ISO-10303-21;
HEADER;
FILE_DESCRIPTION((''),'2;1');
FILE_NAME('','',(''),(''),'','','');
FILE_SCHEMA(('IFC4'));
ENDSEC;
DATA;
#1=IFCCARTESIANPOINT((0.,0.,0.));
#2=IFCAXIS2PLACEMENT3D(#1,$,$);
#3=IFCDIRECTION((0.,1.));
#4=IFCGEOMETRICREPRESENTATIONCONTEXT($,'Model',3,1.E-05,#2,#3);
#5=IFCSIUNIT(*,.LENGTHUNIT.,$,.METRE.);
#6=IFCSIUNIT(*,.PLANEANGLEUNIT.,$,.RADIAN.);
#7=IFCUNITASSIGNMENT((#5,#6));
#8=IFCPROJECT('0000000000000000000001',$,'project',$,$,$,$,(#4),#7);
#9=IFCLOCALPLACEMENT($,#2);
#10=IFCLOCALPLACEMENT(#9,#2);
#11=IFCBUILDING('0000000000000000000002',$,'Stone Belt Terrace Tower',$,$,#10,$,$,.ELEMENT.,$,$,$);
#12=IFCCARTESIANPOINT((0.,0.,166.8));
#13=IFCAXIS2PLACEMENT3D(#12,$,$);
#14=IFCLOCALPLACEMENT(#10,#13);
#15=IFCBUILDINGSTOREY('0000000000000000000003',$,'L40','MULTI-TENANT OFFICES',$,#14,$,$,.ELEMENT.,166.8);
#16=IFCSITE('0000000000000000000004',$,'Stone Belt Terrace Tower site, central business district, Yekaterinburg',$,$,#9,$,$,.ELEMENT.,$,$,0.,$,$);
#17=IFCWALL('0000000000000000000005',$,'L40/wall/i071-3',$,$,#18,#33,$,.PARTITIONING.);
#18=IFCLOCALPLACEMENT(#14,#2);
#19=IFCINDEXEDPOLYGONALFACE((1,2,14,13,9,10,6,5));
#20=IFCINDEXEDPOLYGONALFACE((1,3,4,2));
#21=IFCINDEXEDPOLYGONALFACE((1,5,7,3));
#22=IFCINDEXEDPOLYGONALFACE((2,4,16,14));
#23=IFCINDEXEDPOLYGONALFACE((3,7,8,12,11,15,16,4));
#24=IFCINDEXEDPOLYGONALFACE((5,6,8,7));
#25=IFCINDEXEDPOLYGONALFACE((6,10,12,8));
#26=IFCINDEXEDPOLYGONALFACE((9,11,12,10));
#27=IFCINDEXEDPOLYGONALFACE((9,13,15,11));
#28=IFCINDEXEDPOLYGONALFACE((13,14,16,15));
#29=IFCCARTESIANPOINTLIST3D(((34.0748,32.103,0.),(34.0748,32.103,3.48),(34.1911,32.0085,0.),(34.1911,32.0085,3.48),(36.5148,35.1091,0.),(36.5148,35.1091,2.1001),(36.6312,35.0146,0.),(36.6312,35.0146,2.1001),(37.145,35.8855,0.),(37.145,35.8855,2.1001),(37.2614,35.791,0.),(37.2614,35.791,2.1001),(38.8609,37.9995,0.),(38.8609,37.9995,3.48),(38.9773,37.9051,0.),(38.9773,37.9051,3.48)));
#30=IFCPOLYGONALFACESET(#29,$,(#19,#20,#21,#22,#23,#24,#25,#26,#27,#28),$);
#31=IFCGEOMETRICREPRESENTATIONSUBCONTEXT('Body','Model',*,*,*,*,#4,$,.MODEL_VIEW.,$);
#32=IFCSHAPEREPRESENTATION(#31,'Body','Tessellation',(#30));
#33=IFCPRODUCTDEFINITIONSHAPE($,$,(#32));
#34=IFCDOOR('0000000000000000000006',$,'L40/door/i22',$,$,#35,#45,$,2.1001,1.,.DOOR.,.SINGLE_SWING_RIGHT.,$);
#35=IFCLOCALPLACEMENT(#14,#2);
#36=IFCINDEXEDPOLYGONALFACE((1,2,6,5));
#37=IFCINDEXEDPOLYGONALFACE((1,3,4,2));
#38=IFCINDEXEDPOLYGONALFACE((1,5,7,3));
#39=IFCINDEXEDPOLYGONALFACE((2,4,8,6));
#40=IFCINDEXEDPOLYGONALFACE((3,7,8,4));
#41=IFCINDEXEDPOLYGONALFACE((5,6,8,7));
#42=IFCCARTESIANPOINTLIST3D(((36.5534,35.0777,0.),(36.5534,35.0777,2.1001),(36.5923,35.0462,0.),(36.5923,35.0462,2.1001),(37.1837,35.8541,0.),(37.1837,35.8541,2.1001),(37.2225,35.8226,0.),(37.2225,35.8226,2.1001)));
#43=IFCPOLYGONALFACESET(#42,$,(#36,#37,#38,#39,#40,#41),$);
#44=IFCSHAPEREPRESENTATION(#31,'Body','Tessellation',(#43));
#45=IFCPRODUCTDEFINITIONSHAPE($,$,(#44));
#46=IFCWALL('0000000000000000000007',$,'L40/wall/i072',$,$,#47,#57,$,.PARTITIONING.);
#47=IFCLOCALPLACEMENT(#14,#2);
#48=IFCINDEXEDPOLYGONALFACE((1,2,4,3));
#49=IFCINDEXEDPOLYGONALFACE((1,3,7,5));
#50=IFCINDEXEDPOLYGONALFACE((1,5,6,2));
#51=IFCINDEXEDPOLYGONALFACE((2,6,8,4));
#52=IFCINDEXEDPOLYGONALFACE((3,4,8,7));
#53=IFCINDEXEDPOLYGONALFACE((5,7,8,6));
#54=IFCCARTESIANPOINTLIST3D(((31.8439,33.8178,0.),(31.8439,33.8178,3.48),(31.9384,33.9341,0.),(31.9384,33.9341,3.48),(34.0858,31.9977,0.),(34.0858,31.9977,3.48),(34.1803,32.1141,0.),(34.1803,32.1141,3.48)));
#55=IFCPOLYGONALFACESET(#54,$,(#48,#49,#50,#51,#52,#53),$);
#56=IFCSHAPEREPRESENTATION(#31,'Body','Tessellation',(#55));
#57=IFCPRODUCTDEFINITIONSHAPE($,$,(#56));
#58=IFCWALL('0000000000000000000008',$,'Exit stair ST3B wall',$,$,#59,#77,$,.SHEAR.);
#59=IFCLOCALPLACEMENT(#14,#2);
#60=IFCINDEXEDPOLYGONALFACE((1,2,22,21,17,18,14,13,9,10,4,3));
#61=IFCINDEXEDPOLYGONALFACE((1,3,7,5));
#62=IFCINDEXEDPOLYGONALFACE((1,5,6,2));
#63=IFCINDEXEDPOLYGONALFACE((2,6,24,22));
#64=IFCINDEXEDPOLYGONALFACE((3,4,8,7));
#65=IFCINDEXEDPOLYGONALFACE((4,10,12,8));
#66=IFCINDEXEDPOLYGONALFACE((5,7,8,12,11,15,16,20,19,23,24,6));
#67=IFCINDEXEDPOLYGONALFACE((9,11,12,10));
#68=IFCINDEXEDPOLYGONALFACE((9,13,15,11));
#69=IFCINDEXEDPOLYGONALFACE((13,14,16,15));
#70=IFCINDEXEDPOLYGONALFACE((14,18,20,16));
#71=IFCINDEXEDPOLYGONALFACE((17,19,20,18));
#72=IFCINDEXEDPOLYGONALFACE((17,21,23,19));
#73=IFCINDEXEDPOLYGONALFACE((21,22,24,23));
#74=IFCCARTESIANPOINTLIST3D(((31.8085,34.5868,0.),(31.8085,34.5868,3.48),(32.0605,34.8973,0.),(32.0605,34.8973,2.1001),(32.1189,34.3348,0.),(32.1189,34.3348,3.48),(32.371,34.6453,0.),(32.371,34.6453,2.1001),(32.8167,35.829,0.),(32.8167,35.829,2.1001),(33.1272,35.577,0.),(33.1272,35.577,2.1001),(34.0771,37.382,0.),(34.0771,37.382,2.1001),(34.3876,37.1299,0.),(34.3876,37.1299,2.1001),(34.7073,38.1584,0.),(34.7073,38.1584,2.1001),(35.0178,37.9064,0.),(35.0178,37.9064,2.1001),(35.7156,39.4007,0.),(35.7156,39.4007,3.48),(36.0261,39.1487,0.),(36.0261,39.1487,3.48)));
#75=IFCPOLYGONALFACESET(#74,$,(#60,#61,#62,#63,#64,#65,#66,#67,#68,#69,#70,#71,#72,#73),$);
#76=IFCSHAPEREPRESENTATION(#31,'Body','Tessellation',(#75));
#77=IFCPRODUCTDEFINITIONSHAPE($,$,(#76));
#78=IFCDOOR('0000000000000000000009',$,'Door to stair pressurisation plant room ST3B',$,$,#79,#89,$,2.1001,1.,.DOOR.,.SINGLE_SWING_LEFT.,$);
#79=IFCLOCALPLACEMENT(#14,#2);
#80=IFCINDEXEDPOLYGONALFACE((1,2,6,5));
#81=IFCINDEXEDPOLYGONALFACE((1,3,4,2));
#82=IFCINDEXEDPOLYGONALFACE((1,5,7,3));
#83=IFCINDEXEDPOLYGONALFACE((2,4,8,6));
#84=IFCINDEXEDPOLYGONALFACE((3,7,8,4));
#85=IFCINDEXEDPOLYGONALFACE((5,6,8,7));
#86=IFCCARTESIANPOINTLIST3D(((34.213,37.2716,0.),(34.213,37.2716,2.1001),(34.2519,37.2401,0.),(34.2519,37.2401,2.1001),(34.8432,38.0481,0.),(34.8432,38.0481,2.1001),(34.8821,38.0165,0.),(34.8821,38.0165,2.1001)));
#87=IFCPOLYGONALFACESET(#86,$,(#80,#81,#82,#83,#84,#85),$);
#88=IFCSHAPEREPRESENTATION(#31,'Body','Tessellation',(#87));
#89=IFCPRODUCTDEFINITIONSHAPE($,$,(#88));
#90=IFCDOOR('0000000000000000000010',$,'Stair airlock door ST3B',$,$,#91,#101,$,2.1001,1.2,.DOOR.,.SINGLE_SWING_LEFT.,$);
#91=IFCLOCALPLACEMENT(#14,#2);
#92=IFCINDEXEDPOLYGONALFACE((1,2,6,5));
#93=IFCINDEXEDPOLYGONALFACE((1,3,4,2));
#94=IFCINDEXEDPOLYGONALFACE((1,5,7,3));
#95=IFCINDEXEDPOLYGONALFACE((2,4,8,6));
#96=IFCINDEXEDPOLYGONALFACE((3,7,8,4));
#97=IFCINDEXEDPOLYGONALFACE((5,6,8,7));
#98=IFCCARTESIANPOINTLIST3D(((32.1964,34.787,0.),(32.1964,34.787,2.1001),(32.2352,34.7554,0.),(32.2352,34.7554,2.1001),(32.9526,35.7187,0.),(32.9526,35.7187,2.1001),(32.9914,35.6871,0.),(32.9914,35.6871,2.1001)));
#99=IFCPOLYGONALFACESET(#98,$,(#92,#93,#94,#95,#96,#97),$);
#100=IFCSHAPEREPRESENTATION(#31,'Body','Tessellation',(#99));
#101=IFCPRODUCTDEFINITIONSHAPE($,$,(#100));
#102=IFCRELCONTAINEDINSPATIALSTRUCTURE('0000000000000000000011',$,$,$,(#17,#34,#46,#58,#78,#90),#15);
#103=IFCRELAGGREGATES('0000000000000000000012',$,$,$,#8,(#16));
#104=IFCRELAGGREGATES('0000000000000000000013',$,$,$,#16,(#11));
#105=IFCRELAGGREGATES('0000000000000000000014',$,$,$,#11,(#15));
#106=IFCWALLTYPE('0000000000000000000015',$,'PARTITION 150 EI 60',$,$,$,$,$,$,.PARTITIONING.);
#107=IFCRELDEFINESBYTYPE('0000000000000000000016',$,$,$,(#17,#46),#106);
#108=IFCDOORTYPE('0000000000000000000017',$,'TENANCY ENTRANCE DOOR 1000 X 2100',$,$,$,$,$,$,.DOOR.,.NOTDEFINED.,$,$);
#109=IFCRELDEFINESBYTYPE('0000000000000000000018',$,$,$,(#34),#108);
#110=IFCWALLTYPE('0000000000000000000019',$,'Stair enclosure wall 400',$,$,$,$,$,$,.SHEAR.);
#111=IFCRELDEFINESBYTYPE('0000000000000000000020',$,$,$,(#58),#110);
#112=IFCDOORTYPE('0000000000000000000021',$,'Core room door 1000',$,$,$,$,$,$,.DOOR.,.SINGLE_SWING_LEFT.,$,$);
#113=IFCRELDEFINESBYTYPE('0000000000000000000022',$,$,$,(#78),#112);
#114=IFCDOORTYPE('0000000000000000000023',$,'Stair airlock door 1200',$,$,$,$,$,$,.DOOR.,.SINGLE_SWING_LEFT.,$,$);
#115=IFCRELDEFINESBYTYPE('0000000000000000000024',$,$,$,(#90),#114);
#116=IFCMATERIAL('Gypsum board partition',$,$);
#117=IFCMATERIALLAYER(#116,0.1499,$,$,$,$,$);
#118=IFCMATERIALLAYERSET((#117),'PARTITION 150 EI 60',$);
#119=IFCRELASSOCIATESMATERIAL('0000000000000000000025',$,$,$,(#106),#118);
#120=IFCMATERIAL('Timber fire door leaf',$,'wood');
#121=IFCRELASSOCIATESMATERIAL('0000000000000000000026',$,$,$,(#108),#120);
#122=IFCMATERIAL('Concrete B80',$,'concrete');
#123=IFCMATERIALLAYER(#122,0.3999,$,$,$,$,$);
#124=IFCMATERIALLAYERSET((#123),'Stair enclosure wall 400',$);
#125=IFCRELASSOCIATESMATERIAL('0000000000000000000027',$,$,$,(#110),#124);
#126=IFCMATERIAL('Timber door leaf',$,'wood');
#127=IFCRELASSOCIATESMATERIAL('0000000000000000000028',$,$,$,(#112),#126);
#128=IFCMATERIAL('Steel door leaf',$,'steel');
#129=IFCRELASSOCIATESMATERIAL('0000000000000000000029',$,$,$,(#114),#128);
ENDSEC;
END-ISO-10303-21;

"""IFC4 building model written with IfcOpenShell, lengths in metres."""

from ifc_helpers import new_model, si_unit, direction, frame, frame_2d, origin, place, context, subcontext, project, spatial, rectangle, extrude, material, layer, layer_set, type_object, element, fill, save


model = new_model("IFC4")

# Units and contexts
model_context = context("Model", 3, precision=1e-05, world=origin(), true_north=direction((0.0, 1.0)))
body_context = subcontext(model_context, "Body", "Model", "MODEL_VIEW")
ifc_project = project(units=[si_unit("LENGTHUNIT", "METRE"), si_unit("PLANEANGLEUNIT", "RADIAN")], contexts=[model_context])

# Site, building, storey
site_placement = place(None, origin())
site = spatial("IfcSite", under=ifc_project, at=site_placement, Name="Stone Belt Terrace Tower site, central business district, Yekaterinburg", CompositionType="ELEMENT", RefElevation=0.0)
building_placement = place(site_placement, origin())
building = spatial("IfcBuilding", under=site, at=building_placement, Name="Stone Belt Terrace Tower", CompositionType="ELEMENT")
storey_placement = place(building_placement, frame((0.0, 0.0, 166.8)))
storey = spatial("IfcBuildingStorey", under=building, at=storey_placement, Name="L40", Description="MULTI-TENANT OFFICES", CompositionType="ELEMENT", Elevation=166.8)

# Shared definitions
ifc_material_1 = material(Name="Concrete B80", Category="concrete")

# Shared definitions
ifc_material_2 = material(Name="Gypsum board partition")
ifc_layer_1 = layer(ifc_material_2, 0.1499)
ifc_layer_set_1 = layer_set([ifc_layer_1], Name="PARTITION 150 EI 60")
wall_type_1 = type_object("IfcWallType", Name="PARTITION 150 EI 60", PredefinedType="PARTITIONING", material=ifc_layer_set_1)
ifc_material_3 = material(Name="Timber fire door leaf", Category="wood")
door_type_1 = type_object("IfcDoorType", Name="TENANCY ENTRANCE DOOR 1000 X 2100", OperationType="NOTDEFINED", PredefinedType="DOOR", material=ifc_material_3)

# Wall, opening, door
wall_1_placement = place(storey_placement, frame((38.9192, 37.9524, 0.0), z_axis=(0.0, 0.0, 1.0), x_axis=(-0.630215, -0.776421, 0.0)))
wall_1 = element("IfcWall", 1, at=wall_1_placement, inside=storey, type_object=wall_type_1, Name="L40/wall/i071-3", PredefinedType="PARTITIONING", context=body_context, shape_type="SweptSolid", body=[
    extrude(rectangle(XDim=7.5945, YDim=0.1499, at=frame_2d((3.7974, 0.0))), origin(), (0.0, 0.0, 1.0), 3.48),
])
opening_1_placement = place(wall_1_placement, frame((2.7229, 0.0, 0.0)))
opening_1 = element("IfcOpeningElement", 2, at=opening_1_placement, cuts=wall_1, PredefinedType="OPENING", context=body_context, shape_type="SweptSolid", body=[
    extrude(rectangle(XDim=1.0, YDim=2.1001, at=frame_2d((0.5, 1.05))), frame((0.0, 0.085, 0.0), z_axis=(0.0, -1.0, 0.0), x_axis=(1.0, 0.0, 0.0)), (0.0, 0.0, 1.0), 0.1699),
])
door_1_placement = place(opening_1_placement, origin())
door_1 = element("IfcDoor", 3, at=door_1_placement, inside=storey, type_object=door_type_1, Name="L40/door/i22", OperationType="SINGLE_SWING_RIGHT", OverallHeight=2.1001, OverallWidth=1.0, PredefinedType="DOOR", context=body_context, shape_type="SweptSolid", body=[
    extrude(rectangle(XDim=1.0, YDim=2.1001, at=frame_2d((0.5, 1.05))), frame((0.0, 0.0249, 0.0), z_axis=(0.0, -1.0, 0.0), x_axis=(1.0, 0.0, 0.0)), (0.0, 0.0, 1.0), 0.05),
])
fill(opening_1, door_1)

# Wall
wall_2_placement = place(storey_placement, frame((34.1331, 32.0559, 0.0), z_axis=(0.0, 0.0, 1.0), x_axis=(-0.77637, 0.630277, 0.0)))
element("IfcWall", 4, at=wall_2_placement, inside=storey, type_object=wall_type_1, Name="L40/wall/i072", PredefinedType="PARTITIONING", context=body_context, shape_type="SweptSolid", body=[
    extrude(rectangle(XDim=2.8877, YDim=0.1499, at=frame_2d((1.4438, 0.0))), origin(), (0.0, 0.0, 1.0), 3.48),
])

# Wall, openings, doors
ifc_layer_2 = layer(ifc_material_1, 0.3999)
ifc_layer_set_2 = layer_set([ifc_layer_2], Name="Stair enclosure wall 400")
wall_type_2 = type_object("IfcWallType", Name="Stair enclosure wall 400", PredefinedType="SHEAR", material=ifc_layer_set_2)
wall_3_placement = place(storey_placement, frame((31.9636, 34.4607, 0.0), z_axis=(0.0, 0.0, 1.0), x_axis=(0.630192, 0.776439, 0.0)))
wall_3 = element("IfcWall", 5, at=wall_3_placement, inside=storey, type_object=wall_type_2, Name="Exit stair ST3B wall", PredefinedType="SHEAR", context=body_context, shape_type="SweptSolid", body=[
    extrude(rectangle(XDim=6.2, YDim=0.3999, at=frame_2d((3.1001, 0.0))), origin(), (0.0, 0.0, 1.0), 3.48),
])
opening_2_placement = place(wall_3_placement, frame((0.3999, 0.0, 0.0)))
opening_2 = element("IfcOpeningElement", 6, at=opening_2_placement, cuts=wall_3, PredefinedType="OPENING", context=body_context, shape_type="SweptSolid", body=[
    extrude(rectangle(XDim=1.2, YDim=2.1001, at=frame_2d((0.6001, 1.05))), frame((0.0, 0.21, 0.0), z_axis=(0.0, -1.0, 0.0), x_axis=(1.0, 0.0, 0.0)), (0.0, 0.0, 1.0), 0.4199),
])
opening_3_placement = place(wall_3_placement, frame((3.6001, 0.0, 0.0)))
opening_3 = element("IfcOpeningElement", 7, at=opening_3_placement, cuts=wall_3, PredefinedType="OPENING", context=body_context, shape_type="SweptSolid", body=[
    extrude(rectangle(XDim=1.0, YDim=2.1001, at=frame_2d((0.5, 1.05))), frame((0.0, 0.21, 0.0), z_axis=(0.0, -1.0, 0.0), x_axis=(1.0, 0.0, 0.0)), (0.0, 0.0, 1.0), 0.4199),
])
ifc_material_4 = material(Name="Timber door leaf", Category="wood")
door_type_2 = type_object("IfcDoorType", Name="Core room door 1000", OperationType="SINGLE_SWING_LEFT", PredefinedType="DOOR", material=ifc_material_4)
door_2_placement = place(opening_3_placement, origin())
door_2 = element("IfcDoor", 8, at=door_2_placement, inside=storey, type_object=door_type_2, Name="Door to stair pressurisation plant room ST3B", OperationType="SINGLE_SWING_LEFT", OverallHeight=2.1001, OverallWidth=1.0, PredefinedType="DOOR", context=body_context, shape_type="SweptSolid", body=[
    extrude(rectangle(XDim=1.0, YDim=2.1001, at=frame_2d((0.5, 1.05))), frame((0.0, 0.0249, 0.0), z_axis=(0.0, -1.0, 0.0), x_axis=(1.0, 0.0, 0.0)), (0.0, 0.0, 1.0), 0.05),
])
fill(opening_3, door_2)
ifc_material_5 = material(Name="Steel door leaf", Category="steel")
door_type_3 = type_object("IfcDoorType", Name="Stair airlock door 1200", OperationType="SINGLE_SWING_LEFT", PredefinedType="DOOR", material=ifc_material_5)
door_3_placement = place(opening_2_placement, origin())
door_3 = element("IfcDoor", 9, at=door_3_placement, inside=storey, type_object=door_type_3, Name="Stair airlock door ST3B", OperationType="SINGLE_SWING_LEFT", OverallHeight=2.1001, OverallWidth=1.2, PredefinedType="DOOR", context=body_context, shape_type="SweptSolid", body=[
    extrude(rectangle(XDim=1.2, YDim=2.1001, at=frame_2d((0.6001, 1.05))), frame((0.0, 0.0249, 0.0), z_axis=(0.0, -1.0, 0.0), x_axis=(1.0, 0.0, 0.0)), (0.0, 0.0, 1.0), 0.05),
])
fill(opening_2, door_3)

save(model, "model.ifc")
